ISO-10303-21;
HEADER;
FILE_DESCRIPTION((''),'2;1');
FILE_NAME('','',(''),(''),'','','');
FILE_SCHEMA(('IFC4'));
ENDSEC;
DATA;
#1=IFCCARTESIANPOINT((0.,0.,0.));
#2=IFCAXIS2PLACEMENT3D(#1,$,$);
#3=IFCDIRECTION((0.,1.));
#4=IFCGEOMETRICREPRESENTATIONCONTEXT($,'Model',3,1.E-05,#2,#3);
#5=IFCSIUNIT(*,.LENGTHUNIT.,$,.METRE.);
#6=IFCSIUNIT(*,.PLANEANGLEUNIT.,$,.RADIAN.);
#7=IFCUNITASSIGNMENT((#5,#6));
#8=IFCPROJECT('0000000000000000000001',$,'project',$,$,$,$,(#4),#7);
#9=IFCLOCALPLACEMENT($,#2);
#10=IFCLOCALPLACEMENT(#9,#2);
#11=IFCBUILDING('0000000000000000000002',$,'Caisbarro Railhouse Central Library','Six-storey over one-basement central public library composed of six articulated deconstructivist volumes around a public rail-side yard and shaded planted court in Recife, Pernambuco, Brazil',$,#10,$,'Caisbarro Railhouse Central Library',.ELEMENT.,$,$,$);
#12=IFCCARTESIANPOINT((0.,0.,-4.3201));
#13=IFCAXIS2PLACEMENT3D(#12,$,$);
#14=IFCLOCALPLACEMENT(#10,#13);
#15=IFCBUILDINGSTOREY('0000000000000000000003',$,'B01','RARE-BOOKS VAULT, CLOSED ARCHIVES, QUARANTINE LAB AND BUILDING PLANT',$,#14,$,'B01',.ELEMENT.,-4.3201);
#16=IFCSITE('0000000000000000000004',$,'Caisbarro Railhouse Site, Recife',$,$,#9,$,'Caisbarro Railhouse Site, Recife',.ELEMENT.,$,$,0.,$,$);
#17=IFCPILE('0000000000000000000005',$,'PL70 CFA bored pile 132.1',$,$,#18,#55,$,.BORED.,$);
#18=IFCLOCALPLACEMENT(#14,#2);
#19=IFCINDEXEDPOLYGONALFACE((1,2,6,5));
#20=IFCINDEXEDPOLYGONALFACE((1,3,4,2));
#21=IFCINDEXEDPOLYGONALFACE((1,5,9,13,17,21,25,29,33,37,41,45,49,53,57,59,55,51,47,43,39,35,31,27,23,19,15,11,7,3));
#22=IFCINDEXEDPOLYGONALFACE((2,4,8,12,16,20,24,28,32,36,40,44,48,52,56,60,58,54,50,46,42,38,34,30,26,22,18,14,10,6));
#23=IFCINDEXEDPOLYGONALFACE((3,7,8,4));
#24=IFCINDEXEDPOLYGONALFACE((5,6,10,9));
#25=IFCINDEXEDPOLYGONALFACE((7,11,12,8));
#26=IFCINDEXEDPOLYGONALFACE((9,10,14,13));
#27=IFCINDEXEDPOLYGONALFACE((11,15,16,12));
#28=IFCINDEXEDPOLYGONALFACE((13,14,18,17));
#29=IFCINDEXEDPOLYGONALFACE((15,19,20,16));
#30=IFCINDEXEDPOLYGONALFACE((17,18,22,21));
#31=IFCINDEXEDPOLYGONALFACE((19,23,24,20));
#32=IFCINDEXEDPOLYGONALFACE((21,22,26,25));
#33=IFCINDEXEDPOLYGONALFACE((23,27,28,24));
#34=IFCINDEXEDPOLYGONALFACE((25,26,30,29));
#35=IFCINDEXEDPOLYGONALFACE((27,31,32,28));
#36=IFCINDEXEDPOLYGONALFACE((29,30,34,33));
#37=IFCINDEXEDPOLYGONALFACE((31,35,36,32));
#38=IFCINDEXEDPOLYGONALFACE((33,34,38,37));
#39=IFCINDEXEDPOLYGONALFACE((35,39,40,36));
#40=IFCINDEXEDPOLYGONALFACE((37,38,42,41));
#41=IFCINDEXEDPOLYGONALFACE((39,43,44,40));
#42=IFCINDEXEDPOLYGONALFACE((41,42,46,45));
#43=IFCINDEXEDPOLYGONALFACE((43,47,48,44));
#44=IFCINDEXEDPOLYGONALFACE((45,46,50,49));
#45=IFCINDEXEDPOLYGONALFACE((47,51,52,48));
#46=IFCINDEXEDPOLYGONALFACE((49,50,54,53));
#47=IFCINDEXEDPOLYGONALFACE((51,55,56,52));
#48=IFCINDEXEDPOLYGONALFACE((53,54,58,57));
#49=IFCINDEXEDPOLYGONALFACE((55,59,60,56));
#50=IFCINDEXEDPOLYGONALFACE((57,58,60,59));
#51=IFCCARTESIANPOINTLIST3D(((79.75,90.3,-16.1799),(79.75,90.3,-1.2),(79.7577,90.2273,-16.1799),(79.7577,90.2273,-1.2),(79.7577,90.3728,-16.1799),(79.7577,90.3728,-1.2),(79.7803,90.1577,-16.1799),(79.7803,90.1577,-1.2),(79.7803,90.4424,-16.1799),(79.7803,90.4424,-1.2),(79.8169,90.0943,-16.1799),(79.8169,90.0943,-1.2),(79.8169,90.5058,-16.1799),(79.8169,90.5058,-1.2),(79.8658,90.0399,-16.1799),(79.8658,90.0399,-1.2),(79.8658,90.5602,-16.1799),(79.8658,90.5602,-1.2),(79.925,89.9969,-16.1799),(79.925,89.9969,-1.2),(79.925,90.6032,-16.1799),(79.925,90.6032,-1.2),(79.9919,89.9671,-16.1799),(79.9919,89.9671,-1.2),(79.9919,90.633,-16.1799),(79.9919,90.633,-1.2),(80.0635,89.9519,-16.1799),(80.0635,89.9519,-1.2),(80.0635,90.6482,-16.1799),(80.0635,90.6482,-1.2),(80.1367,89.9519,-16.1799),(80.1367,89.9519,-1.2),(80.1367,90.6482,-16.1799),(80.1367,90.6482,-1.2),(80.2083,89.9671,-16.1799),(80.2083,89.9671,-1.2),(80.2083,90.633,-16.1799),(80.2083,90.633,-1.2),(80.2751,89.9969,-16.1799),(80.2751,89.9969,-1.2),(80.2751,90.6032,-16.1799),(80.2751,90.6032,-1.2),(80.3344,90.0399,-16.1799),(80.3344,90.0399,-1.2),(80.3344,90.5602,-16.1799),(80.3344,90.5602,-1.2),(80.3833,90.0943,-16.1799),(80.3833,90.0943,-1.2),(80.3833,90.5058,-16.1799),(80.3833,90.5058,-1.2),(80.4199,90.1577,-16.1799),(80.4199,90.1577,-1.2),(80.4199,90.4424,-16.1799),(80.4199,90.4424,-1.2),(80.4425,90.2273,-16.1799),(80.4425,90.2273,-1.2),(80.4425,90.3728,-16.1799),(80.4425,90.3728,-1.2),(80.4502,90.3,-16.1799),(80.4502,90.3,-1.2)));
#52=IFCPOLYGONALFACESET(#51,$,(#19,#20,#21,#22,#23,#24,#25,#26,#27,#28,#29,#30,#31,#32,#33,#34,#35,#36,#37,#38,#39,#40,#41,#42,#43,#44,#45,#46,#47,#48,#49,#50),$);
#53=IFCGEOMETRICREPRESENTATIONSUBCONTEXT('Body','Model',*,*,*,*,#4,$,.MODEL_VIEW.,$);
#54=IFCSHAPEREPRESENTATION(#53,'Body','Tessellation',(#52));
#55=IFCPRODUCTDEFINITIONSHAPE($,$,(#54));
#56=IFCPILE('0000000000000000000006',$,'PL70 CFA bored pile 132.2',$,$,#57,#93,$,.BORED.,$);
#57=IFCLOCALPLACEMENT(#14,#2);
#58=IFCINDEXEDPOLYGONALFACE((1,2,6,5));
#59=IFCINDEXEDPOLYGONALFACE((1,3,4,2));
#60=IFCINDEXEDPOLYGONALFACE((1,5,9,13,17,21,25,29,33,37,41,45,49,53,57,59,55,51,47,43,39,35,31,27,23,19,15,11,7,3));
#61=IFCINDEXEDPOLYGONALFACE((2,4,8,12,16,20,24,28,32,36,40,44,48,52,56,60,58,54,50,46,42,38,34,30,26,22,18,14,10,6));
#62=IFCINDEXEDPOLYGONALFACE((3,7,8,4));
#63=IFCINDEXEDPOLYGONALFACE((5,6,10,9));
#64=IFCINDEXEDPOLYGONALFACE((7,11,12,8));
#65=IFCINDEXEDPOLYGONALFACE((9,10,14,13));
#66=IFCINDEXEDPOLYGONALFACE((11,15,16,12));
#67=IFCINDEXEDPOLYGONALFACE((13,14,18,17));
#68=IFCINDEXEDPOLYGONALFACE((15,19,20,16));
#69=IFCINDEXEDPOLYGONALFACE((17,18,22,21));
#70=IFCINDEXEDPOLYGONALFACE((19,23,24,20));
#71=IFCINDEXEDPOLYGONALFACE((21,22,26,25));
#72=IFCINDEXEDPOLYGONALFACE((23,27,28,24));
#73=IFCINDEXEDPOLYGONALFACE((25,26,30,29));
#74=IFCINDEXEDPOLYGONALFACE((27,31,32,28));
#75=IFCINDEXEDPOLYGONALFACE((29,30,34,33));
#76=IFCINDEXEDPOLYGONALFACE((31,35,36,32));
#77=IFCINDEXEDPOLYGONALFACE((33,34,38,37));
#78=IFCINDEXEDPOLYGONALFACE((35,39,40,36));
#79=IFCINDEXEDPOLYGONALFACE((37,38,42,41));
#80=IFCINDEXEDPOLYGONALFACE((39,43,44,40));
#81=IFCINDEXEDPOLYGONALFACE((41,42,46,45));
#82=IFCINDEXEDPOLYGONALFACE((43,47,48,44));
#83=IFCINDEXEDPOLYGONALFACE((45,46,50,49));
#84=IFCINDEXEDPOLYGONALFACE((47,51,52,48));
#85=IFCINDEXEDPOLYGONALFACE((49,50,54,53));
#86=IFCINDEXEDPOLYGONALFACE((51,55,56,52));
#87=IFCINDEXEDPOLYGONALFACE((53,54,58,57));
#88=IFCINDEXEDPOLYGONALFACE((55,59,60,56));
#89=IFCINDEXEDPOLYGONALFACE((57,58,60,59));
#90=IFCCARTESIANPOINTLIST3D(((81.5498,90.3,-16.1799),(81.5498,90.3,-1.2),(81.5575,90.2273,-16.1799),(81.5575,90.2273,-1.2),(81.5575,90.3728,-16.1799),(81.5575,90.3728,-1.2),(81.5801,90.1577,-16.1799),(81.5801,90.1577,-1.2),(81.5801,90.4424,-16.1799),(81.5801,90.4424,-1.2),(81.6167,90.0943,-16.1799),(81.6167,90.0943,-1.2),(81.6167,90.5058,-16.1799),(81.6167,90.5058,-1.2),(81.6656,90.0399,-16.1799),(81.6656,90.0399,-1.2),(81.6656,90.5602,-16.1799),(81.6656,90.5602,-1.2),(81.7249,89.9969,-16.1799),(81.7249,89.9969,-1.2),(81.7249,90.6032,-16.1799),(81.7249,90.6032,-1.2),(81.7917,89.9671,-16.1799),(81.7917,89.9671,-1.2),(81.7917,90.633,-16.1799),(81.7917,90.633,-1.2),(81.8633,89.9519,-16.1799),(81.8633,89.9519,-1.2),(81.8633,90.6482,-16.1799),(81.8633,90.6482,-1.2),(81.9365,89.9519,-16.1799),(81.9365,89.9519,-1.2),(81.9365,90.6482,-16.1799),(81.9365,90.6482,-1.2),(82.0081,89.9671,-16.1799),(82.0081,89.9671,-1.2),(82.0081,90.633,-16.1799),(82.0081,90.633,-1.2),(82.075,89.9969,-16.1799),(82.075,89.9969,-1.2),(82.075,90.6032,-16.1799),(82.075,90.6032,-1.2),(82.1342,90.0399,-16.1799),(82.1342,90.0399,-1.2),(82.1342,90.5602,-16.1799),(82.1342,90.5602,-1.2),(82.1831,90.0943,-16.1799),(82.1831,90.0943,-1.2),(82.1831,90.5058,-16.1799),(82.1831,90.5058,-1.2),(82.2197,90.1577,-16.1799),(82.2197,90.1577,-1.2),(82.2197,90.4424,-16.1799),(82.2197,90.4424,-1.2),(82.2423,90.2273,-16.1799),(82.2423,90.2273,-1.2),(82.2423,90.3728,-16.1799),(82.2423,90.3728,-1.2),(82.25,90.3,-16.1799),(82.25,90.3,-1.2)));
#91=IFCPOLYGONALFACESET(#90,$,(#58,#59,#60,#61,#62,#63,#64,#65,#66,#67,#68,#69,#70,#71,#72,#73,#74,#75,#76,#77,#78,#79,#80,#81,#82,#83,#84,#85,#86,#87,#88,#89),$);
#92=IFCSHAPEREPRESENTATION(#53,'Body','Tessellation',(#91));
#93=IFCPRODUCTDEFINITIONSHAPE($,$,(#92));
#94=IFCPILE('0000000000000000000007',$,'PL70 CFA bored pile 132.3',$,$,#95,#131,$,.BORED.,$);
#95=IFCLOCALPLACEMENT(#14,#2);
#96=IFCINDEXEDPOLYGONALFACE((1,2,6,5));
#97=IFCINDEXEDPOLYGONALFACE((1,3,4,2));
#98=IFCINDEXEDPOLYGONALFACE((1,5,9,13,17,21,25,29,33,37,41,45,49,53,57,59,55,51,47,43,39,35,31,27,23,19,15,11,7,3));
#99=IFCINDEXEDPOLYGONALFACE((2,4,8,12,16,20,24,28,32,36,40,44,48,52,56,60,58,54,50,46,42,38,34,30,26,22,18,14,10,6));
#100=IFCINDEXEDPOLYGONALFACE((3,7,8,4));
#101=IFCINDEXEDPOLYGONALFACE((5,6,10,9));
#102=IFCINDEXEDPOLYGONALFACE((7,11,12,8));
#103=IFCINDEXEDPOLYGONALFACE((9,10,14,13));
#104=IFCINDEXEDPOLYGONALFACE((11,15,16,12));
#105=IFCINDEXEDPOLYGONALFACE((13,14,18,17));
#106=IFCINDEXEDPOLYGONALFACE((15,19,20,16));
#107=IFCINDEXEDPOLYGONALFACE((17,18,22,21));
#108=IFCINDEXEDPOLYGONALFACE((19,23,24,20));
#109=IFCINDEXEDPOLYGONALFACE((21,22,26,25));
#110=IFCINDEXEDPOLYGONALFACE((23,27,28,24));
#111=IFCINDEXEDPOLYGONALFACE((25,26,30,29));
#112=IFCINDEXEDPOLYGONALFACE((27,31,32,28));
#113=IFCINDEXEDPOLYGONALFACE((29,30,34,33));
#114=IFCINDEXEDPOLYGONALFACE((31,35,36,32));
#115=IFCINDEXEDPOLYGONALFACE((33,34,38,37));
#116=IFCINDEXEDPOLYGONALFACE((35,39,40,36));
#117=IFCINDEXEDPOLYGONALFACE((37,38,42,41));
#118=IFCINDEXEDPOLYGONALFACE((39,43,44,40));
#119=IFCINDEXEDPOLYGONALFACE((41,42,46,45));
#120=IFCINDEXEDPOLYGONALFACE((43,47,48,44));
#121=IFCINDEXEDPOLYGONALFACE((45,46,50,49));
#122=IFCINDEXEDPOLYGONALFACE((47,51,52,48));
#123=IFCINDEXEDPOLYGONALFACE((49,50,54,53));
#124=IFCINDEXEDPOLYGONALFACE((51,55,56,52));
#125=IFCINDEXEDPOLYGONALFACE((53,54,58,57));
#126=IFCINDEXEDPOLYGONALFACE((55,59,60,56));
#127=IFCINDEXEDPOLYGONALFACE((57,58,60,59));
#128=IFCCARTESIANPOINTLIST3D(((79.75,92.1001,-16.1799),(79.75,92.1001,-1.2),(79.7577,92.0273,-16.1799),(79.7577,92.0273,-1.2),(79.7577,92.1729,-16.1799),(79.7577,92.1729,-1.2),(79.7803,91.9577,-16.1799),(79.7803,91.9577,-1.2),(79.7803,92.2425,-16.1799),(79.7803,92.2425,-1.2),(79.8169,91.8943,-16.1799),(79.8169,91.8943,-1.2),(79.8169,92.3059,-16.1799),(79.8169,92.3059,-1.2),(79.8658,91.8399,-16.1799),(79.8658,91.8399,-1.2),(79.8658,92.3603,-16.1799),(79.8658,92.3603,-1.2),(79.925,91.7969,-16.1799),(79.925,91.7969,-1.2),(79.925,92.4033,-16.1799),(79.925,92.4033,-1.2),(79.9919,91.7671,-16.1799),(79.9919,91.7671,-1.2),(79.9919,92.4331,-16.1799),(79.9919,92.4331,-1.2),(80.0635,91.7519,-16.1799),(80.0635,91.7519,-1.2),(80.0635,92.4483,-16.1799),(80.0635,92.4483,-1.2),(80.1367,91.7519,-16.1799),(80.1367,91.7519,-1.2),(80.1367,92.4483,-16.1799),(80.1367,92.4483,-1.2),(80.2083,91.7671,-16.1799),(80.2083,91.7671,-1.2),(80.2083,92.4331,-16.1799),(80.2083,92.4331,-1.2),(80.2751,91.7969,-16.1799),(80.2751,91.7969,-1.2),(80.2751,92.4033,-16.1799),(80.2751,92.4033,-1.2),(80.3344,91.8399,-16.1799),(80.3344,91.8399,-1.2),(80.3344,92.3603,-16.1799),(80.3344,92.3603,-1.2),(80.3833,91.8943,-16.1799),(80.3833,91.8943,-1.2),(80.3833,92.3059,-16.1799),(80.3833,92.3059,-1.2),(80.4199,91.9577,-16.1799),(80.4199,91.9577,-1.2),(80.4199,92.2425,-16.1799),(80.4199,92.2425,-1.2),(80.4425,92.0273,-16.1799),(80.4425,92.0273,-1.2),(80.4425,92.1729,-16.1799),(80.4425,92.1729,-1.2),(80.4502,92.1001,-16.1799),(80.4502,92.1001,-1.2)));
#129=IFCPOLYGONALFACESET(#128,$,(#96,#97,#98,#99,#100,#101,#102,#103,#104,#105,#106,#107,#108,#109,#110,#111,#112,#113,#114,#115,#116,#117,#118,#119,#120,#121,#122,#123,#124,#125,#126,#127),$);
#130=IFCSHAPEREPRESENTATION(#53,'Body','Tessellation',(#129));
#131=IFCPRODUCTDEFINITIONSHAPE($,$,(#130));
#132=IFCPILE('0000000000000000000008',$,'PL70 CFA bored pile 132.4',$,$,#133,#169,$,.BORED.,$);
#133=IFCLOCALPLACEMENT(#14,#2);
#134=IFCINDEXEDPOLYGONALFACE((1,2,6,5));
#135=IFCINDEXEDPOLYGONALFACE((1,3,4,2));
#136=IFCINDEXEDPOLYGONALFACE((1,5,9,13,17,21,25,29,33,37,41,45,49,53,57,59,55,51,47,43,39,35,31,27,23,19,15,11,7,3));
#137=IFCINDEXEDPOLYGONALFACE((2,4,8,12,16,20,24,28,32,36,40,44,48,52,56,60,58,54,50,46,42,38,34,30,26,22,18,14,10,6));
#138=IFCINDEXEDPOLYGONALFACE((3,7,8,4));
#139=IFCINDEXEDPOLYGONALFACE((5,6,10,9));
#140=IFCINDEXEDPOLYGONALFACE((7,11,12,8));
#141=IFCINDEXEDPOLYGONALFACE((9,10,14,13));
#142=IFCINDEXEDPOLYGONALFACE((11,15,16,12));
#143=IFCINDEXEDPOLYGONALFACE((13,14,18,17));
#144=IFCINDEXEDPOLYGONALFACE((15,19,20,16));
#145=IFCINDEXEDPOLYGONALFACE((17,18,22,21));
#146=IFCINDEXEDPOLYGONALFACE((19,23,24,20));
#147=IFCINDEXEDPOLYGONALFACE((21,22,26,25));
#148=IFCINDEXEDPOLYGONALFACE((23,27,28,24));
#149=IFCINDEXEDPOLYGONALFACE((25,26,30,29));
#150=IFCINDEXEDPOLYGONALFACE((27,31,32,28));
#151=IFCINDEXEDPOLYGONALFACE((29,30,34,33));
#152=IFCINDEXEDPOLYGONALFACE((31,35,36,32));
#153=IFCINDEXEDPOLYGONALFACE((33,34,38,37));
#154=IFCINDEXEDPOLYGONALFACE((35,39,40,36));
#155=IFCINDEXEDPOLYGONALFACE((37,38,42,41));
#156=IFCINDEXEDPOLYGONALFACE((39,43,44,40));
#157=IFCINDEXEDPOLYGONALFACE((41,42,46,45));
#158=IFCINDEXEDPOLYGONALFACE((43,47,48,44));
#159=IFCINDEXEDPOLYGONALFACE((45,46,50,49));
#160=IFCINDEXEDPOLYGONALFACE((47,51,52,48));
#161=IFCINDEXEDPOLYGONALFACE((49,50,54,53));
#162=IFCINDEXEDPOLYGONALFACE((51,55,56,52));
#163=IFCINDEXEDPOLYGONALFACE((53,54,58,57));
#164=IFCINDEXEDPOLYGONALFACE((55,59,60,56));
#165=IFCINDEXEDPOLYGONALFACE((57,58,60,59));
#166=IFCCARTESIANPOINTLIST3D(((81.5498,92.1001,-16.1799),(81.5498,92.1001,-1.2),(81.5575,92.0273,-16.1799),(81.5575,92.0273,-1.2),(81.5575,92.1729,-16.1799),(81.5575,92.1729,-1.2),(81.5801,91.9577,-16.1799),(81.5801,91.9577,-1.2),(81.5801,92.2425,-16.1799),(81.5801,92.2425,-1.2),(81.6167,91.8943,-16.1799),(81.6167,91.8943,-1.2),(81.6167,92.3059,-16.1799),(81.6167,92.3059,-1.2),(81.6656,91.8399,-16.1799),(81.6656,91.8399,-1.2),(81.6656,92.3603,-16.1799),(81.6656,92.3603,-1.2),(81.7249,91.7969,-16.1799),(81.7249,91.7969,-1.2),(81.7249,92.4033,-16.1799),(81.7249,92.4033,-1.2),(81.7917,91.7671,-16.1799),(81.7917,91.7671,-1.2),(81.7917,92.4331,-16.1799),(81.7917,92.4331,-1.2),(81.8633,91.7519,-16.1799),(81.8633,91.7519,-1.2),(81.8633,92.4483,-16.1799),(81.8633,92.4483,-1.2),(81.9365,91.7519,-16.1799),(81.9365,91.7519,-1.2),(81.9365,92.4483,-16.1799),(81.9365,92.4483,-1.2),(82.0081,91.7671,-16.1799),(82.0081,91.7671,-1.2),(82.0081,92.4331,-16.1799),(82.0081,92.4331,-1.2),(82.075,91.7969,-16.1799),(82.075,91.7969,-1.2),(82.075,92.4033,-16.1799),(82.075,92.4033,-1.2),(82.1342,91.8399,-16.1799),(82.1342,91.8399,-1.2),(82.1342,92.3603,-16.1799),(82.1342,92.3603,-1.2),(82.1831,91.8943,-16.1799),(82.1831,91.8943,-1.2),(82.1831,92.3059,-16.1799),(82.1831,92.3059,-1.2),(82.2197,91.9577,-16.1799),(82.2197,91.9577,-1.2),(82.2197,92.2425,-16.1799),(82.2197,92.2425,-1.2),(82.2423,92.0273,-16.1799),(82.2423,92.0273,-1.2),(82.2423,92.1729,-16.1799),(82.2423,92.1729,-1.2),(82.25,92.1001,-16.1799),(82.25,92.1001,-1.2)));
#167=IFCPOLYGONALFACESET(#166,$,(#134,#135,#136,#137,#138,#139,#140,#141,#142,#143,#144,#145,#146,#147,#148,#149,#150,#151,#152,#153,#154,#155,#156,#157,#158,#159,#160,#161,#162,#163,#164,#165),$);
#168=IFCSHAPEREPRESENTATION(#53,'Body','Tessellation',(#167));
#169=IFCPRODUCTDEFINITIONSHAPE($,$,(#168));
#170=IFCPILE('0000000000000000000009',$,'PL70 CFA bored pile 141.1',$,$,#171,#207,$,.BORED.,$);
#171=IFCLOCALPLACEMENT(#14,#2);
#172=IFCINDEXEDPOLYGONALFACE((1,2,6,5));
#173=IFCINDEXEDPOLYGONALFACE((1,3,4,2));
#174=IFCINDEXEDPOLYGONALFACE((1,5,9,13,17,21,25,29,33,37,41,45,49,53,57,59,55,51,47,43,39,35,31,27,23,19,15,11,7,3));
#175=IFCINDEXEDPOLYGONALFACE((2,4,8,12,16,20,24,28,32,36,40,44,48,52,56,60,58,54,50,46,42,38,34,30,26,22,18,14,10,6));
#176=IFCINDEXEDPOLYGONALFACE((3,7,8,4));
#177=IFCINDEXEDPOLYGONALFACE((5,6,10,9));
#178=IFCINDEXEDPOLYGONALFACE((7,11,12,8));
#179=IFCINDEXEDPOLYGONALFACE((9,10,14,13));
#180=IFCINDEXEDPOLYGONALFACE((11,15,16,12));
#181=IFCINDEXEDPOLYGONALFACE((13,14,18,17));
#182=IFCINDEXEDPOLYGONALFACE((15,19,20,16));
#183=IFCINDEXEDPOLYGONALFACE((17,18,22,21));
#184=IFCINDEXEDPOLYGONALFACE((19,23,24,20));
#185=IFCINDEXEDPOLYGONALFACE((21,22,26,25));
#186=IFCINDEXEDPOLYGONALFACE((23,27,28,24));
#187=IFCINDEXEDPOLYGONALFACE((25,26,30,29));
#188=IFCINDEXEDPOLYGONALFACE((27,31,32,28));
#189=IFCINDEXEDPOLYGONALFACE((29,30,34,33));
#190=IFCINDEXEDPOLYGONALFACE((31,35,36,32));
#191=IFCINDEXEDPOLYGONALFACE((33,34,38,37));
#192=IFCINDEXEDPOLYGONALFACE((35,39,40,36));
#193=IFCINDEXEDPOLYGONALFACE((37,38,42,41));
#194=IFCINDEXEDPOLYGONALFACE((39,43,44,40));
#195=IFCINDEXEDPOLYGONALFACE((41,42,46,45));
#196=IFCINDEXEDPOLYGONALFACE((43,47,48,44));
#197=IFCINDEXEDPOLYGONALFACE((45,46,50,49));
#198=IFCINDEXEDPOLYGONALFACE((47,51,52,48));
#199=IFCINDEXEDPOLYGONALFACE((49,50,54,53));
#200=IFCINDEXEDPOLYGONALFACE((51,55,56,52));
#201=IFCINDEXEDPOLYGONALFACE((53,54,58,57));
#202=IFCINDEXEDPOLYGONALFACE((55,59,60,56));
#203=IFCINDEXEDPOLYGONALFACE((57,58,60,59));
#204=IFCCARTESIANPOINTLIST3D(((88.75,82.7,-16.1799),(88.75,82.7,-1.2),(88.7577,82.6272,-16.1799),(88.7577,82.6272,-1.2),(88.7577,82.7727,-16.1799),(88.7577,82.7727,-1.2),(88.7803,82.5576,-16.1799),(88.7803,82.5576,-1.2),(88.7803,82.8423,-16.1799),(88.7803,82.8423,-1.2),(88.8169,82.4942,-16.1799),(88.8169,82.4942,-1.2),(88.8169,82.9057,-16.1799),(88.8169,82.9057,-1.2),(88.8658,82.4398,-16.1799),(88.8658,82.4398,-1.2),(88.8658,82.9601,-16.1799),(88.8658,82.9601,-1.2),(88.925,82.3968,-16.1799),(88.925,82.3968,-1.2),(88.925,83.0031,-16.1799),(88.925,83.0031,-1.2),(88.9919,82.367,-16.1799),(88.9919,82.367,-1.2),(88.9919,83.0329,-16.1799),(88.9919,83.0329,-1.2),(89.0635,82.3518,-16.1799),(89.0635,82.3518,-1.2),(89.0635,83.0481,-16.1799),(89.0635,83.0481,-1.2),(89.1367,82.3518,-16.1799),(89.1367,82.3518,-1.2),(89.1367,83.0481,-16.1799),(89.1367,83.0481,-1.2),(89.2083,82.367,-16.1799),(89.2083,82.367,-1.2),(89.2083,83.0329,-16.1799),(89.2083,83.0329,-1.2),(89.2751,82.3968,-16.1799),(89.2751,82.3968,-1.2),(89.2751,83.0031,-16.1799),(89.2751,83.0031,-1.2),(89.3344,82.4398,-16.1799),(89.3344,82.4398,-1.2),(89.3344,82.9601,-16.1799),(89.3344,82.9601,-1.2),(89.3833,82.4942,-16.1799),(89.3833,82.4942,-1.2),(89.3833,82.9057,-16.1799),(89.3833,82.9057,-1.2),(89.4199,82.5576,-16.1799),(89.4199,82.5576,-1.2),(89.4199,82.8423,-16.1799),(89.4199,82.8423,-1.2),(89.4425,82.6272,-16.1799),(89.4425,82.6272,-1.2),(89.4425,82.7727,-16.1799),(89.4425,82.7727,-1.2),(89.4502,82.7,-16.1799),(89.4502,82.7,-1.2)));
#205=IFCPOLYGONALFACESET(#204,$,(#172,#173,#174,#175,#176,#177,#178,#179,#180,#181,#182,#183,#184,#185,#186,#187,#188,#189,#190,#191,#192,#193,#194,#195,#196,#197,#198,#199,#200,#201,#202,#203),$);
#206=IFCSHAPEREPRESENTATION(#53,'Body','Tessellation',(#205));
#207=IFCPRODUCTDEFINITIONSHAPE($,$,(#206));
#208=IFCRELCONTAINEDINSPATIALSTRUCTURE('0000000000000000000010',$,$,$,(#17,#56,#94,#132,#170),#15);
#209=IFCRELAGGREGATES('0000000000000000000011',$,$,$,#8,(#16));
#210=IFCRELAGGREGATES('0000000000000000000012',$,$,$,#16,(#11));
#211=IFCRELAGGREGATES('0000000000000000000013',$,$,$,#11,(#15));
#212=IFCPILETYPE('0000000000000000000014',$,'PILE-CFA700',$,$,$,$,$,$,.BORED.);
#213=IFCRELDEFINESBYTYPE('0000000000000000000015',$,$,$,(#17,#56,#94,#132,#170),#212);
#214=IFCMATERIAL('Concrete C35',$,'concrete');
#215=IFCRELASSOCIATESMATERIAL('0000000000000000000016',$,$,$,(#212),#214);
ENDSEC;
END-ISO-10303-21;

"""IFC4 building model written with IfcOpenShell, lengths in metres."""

from ifc_helpers import new_model, si_unit, direction, frame, origin, origin_2d, place, context, subcontext, project, spatial, circle, extrude, material, material_profile, profile_set, type_object, element, save


model = new_model("IFC4")

# Units and contexts
model_context = context("Model", 3, precision=1e-05, world=origin(), true_north=direction((0.0, 1.0)))
body_context = subcontext(model_context, "Body", "Model", "MODEL_VIEW")
ifc_project = project(units=[si_unit("LENGTHUNIT", "METRE"), si_unit("PLANEANGLEUNIT", "RADIAN")], contexts=[model_context])

# Site, building, storey
site_placement = place(None, origin())
site = spatial("IfcSite", under=ifc_project, at=site_placement, Name="Caisbarro Railhouse Site, Recife", LongName="Caisbarro Railhouse Site, Recife", CompositionType="ELEMENT", RefElevation=0.0)
building_placement = place(site_placement, origin())
building = spatial("IfcBuilding", under=site, at=building_placement, Name="Caisbarro Railhouse Central Library", Description="Six-storey over one-basement central public library composed of six articulated deconstructivist volumes around a public rail-side yard and shaded planted court in Recife, Pernambuco, Brazil", LongName="Caisbarro Railhouse Central Library", CompositionType="ELEMENT")
storey_placement = place(building_placement, frame((0.0, 0.0, -4.3201)))
storey = spatial("IfcBuildingStorey", under=building, at=storey_placement, Name="B01", Description="RARE-BOOKS VAULT, CLOSED ARCHIVES, QUARANTINE LAB AND BUILDING PLANT", LongName="B01", CompositionType="ELEMENT", Elevation=-4.3201)

# Shared definitions
ifc_material_1 = material(Name="Concrete C35", Category="concrete")

# Piles
ifc_material_profile_1 = material_profile(ifc_material_1, circle(Radius=0.3501, at=origin_2d()), Name="PILE-CFA-700")
ifc_profile_set_1 = profile_set([ifc_material_profile_1], Name="Concrete C35")
pile_type_1 = type_object("IfcPileType", Name="PILE-CFA700", PredefinedType="BORED", material=ifc_profile_set_1)
for number, where, z_axis, x_axis, name in (
    (1, (80.1001, 90.3, -1.2), (0.0, 0.0, -1.0), (1.0, 0.0, 0.0), "PL70 CFA bored pile 132.1"),
    (2, (81.8999, 90.3, -1.2), (0.0, 0.0, -1.0), (1.0, 0.0, 0.0), "PL70 CFA bored pile 132.2"),
    (3, (80.1001, 92.1001, -1.2), (0.0, 0.0, -1.0), (1.0, 0.0, 0.0), "PL70 CFA bored pile 132.3"),
    (4, (81.8999, 92.1001, -1.2), (0.0, 0.0, -1.0), (1.0, 0.0, 0.0), "PL70 CFA bored pile 132.4"),
    (5, (89.1001, 82.7, -1.2), (0.0, 0.0, -1.0), (1.0, 0.0, 0.0), "PL70 CFA bored pile 141.1"),
):
    element("IfcPile", number, at=place(storey_placement, frame(where, z_axis=z_axis, x_axis=x_axis)), inside=storey, type_object=pile_type_1, Name=name, PredefinedType="BORED", context=body_context, shape_type="SweptSolid", body=[
        extrude(circle(Radius=0.3501, at=origin_2d()), origin(), (0.0, 0.0, 1.0), 14.98),
    ])

save(model, "model.ifc")
